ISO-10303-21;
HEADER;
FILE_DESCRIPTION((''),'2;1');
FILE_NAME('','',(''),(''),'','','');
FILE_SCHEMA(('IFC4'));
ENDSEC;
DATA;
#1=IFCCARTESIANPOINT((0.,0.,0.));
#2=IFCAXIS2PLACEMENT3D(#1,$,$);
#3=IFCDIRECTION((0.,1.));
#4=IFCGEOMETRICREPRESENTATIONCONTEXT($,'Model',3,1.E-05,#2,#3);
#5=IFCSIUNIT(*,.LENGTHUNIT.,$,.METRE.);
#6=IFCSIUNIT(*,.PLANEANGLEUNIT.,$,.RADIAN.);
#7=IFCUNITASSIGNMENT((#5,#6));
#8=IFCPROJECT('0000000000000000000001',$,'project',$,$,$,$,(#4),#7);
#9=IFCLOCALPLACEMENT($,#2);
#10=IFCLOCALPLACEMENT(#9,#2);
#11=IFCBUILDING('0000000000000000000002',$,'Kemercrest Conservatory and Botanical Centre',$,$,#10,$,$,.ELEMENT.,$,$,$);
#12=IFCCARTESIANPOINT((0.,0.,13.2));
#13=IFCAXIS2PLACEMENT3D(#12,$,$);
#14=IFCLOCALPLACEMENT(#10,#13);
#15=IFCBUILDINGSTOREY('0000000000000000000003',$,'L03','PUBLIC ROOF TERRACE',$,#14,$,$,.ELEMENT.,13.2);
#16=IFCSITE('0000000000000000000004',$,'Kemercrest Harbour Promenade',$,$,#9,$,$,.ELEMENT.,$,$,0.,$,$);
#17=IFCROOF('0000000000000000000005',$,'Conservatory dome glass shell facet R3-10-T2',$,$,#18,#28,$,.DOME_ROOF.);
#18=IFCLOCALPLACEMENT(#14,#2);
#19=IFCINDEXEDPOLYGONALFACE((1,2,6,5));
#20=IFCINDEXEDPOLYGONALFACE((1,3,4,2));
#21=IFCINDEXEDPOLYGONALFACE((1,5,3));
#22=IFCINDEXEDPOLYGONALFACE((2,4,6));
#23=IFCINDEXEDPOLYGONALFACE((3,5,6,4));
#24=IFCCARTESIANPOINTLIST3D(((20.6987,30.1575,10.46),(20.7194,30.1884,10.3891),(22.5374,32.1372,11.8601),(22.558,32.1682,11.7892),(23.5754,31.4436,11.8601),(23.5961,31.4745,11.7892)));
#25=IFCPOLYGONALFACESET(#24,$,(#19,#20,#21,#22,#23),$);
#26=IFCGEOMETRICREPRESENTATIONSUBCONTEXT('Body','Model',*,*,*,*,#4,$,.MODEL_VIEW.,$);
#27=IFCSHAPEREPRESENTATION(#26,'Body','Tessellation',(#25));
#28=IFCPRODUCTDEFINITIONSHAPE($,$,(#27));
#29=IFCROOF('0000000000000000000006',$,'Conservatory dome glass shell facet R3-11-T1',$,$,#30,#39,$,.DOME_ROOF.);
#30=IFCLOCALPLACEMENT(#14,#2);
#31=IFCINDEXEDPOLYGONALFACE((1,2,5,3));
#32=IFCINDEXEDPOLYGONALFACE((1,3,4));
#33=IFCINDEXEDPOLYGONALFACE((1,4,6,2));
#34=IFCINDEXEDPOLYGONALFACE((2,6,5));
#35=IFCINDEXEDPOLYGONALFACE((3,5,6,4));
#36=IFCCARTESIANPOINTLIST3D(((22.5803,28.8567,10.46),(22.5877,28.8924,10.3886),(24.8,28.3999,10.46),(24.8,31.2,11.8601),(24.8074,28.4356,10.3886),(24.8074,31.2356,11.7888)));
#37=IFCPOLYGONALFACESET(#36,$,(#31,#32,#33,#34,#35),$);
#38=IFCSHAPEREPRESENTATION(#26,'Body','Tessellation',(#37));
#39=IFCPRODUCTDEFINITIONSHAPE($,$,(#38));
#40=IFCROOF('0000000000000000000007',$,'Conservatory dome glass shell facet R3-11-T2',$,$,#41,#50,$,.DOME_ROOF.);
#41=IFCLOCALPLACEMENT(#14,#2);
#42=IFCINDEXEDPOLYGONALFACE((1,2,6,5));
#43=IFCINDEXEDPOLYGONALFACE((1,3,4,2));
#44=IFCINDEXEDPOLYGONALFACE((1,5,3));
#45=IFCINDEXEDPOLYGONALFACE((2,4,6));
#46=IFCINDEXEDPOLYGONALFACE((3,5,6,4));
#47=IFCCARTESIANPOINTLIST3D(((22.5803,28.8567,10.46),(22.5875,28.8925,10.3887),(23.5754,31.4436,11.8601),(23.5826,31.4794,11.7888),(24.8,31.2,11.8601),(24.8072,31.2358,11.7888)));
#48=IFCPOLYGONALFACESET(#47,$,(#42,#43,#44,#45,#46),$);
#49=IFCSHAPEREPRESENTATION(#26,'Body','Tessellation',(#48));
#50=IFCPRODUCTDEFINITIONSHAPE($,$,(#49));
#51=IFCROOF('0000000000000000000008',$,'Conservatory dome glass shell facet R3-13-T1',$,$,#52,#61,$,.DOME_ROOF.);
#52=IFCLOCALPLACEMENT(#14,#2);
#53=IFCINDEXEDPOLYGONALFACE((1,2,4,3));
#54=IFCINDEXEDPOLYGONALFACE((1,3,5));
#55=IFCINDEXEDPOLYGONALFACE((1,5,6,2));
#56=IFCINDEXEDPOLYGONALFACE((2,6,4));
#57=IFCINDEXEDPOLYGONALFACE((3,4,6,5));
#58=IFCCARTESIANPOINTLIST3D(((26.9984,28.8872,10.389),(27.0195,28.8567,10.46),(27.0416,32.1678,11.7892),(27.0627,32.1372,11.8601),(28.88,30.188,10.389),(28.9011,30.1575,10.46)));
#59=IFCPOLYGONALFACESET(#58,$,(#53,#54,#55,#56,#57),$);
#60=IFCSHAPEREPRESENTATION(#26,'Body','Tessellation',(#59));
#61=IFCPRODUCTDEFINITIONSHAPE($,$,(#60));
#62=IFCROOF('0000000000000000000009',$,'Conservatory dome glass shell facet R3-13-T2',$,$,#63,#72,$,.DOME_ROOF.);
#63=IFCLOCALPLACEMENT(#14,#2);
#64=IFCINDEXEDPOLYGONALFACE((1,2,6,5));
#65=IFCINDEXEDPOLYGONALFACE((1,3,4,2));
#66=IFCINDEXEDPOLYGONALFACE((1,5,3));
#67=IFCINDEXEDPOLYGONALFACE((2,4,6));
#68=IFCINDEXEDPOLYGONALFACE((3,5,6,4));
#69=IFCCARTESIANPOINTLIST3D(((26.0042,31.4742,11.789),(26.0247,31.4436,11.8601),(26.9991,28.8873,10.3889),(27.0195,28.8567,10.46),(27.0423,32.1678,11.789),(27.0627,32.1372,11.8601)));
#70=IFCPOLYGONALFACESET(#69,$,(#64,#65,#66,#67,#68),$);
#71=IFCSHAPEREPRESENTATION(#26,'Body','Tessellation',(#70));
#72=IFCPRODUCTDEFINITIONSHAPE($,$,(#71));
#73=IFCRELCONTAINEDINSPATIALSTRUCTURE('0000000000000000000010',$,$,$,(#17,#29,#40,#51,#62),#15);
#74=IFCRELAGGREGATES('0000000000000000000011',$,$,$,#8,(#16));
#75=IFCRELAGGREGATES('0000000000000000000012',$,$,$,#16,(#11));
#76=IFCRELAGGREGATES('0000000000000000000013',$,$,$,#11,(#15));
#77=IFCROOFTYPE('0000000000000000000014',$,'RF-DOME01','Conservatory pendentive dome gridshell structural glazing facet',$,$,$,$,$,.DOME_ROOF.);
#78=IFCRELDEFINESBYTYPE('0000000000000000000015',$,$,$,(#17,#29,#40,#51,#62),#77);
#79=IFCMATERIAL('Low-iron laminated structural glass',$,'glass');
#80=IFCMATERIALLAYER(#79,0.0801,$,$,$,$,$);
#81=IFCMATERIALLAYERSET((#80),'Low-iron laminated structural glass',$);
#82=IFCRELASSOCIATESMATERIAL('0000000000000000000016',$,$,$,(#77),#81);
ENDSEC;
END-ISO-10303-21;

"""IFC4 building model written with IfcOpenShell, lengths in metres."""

from ifc_helpers import new_model, si_unit, direction, frame, origin, place, context, subcontext, project, spatial, polyline, outline, extrude, material, layer, layer_set, type_object, element, save


model = new_model("IFC4")

# Units and contexts
model_context = context("Model", 3, precision=1e-05, world=origin(), true_north=direction((0.0, 1.0)))
body_context = subcontext(model_context, "Body", "Model", "MODEL_VIEW")
ifc_project = project(units=[si_unit("LENGTHUNIT", "METRE"), si_unit("PLANEANGLEUNIT", "RADIAN")], contexts=[model_context])

# Site, building, storey
site_placement = place(None, origin())
site = spatial("IfcSite", under=ifc_project, at=site_placement, Name="Kemercrest Harbour Promenade", CompositionType="ELEMENT", RefElevation=0.0)
building_placement = place(site_placement, origin())
building = spatial("IfcBuilding", under=site, at=building_placement, Name="Kemercrest Conservatory and Botanical Centre", CompositionType="ELEMENT")
storey_placement = place(building_placement, frame((0.0, 0.0, 13.2)))
storey = spatial("IfcBuildingStorey", under=building, at=storey_placement, Name="L03", Description="PUBLIC ROOF TERRACE", CompositionType="ELEMENT", Elevation=13.2)

# Roofs
ifc_material_1 = material(Name="Low-iron laminated structural glass", Category="glass")
ifc_layer_1 = layer(ifc_material_1, 0.0801)
ifc_layer_set_1 = layer_set([ifc_layer_1], Name="Low-iron laminated structural glass")
roof_type = type_object("IfcRoofType", Name="RF-DOME01", Description="Conservatory pendentive dome gridshell structural glazing facet", PredefinedType="DOME_ROOF", material=ifc_layer_set_1)
roof_1_placement = place(storey_placement, frame((20.6987, 30.1575, 10.46), z_axis=(-0.258195, -0.386429, 0.885443), x_axis=(0.834267, 0.372988, 0.406053)))
element("IfcRoof", 1, at=roof_1_placement, inside=storey, type_object=roof_type, Name="Conservatory dome glass shell facet R3-10-T2", PredefinedType="DOME_ROOF", context=body_context, shape_type="SweptSolid", body=[
    extrude(outline(polyline([(0.0, 0.0), (3.4482, 0.0), (2.8409, 1.0908), (0.0, 0.0)])), origin(), (0.0, 0.0, -1.0), 0.0801),
])
roof_2_placement = place(storey_placement, frame((22.5803, 28.8567, 10.46), z_axis=(-0.091649, -0.445363, 0.890647), x_axis=(0.979476, -0.201562, 0.0)))
element("IfcRoof", 2, at=roof_2_placement, inside=storey, type_object=roof_type, Name="Conservatory dome glass shell facet R3-11-T1", PredefinedType="DOME_ROOF", context=body_context, shape_type="SweptSolid", body=[
    extrude(outline(polyline([(0.0, 0.0), (2.2662, 0.0), (1.7019, 3.0793), (0.0, 0.0)])), origin(), (0.0, 0.0, -1.0), 0.0801),
])
roof_3_placement = place(storey_placement, frame((22.5803, 28.8567, 10.46), z_axis=(-0.089017, -0.447404, 0.889891), x_axis=(0.630908, 0.66602, 0.39796)))
element("IfcRoof", 3, at=roof_3_placement, inside=storey, type_object=roof_type, Name="Conservatory dome glass shell facet R3-11-T2", PredefinedType="DOME_ROOF", context=body_context, shape_type="SweptSolid", body=[
    extrude(outline(polyline([(0.0, 0.0), (3.5183, 0.0), (2.908, 1.0893), (0.0, 0.0)])), origin(), (0.0, 0.0, -1.0), 0.0801),
])
roof_4_placement = place(storey_placement, frame((27.0195, 28.8567, 10.46), z_axis=(0.263794, -0.38158, 0.885895), x_axis=(0.822572, 0.56866, 0.0)))
element("IfcRoof", 4, at=roof_4_placement, inside=storey, type_object=roof_type, Name="Conservatory dome glass shell facet R3-13-T1", PredefinedType="DOME_ROOF", context=body_context, shape_type="SweptSolid", body=[
    extrude(outline(polyline([(0.0, 0.0), (2.2874, 0.0), (1.901, 3.0183), (0.0, 0.0)])), origin(), (0.0, 0.0, -1.0), 0.0801),
])
roof_5_placement = place(storey_placement, frame((27.0195, 28.8567, 10.46), z_axis=(0.25548, -0.382365, 0.88799), x_axis=(0.012114, 0.919664, 0.392519)))
element("IfcRoof", 5, at=roof_5_placement, inside=storey, type_object=roof_type, Name="Conservatory dome glass shell facet R3-13-T2", PredefinedType="DOME_ROOF", context=body_context, shape_type="SweptSolid", body=[
    extrude(outline(polyline([(0.0, 0.0), (3.5671, 0.0), (2.9166, 1.0657), (0.0, 0.0)])), origin(), (0.0, 0.0, -1.0), 0.0801),
])

save(model, "model.ifc")
